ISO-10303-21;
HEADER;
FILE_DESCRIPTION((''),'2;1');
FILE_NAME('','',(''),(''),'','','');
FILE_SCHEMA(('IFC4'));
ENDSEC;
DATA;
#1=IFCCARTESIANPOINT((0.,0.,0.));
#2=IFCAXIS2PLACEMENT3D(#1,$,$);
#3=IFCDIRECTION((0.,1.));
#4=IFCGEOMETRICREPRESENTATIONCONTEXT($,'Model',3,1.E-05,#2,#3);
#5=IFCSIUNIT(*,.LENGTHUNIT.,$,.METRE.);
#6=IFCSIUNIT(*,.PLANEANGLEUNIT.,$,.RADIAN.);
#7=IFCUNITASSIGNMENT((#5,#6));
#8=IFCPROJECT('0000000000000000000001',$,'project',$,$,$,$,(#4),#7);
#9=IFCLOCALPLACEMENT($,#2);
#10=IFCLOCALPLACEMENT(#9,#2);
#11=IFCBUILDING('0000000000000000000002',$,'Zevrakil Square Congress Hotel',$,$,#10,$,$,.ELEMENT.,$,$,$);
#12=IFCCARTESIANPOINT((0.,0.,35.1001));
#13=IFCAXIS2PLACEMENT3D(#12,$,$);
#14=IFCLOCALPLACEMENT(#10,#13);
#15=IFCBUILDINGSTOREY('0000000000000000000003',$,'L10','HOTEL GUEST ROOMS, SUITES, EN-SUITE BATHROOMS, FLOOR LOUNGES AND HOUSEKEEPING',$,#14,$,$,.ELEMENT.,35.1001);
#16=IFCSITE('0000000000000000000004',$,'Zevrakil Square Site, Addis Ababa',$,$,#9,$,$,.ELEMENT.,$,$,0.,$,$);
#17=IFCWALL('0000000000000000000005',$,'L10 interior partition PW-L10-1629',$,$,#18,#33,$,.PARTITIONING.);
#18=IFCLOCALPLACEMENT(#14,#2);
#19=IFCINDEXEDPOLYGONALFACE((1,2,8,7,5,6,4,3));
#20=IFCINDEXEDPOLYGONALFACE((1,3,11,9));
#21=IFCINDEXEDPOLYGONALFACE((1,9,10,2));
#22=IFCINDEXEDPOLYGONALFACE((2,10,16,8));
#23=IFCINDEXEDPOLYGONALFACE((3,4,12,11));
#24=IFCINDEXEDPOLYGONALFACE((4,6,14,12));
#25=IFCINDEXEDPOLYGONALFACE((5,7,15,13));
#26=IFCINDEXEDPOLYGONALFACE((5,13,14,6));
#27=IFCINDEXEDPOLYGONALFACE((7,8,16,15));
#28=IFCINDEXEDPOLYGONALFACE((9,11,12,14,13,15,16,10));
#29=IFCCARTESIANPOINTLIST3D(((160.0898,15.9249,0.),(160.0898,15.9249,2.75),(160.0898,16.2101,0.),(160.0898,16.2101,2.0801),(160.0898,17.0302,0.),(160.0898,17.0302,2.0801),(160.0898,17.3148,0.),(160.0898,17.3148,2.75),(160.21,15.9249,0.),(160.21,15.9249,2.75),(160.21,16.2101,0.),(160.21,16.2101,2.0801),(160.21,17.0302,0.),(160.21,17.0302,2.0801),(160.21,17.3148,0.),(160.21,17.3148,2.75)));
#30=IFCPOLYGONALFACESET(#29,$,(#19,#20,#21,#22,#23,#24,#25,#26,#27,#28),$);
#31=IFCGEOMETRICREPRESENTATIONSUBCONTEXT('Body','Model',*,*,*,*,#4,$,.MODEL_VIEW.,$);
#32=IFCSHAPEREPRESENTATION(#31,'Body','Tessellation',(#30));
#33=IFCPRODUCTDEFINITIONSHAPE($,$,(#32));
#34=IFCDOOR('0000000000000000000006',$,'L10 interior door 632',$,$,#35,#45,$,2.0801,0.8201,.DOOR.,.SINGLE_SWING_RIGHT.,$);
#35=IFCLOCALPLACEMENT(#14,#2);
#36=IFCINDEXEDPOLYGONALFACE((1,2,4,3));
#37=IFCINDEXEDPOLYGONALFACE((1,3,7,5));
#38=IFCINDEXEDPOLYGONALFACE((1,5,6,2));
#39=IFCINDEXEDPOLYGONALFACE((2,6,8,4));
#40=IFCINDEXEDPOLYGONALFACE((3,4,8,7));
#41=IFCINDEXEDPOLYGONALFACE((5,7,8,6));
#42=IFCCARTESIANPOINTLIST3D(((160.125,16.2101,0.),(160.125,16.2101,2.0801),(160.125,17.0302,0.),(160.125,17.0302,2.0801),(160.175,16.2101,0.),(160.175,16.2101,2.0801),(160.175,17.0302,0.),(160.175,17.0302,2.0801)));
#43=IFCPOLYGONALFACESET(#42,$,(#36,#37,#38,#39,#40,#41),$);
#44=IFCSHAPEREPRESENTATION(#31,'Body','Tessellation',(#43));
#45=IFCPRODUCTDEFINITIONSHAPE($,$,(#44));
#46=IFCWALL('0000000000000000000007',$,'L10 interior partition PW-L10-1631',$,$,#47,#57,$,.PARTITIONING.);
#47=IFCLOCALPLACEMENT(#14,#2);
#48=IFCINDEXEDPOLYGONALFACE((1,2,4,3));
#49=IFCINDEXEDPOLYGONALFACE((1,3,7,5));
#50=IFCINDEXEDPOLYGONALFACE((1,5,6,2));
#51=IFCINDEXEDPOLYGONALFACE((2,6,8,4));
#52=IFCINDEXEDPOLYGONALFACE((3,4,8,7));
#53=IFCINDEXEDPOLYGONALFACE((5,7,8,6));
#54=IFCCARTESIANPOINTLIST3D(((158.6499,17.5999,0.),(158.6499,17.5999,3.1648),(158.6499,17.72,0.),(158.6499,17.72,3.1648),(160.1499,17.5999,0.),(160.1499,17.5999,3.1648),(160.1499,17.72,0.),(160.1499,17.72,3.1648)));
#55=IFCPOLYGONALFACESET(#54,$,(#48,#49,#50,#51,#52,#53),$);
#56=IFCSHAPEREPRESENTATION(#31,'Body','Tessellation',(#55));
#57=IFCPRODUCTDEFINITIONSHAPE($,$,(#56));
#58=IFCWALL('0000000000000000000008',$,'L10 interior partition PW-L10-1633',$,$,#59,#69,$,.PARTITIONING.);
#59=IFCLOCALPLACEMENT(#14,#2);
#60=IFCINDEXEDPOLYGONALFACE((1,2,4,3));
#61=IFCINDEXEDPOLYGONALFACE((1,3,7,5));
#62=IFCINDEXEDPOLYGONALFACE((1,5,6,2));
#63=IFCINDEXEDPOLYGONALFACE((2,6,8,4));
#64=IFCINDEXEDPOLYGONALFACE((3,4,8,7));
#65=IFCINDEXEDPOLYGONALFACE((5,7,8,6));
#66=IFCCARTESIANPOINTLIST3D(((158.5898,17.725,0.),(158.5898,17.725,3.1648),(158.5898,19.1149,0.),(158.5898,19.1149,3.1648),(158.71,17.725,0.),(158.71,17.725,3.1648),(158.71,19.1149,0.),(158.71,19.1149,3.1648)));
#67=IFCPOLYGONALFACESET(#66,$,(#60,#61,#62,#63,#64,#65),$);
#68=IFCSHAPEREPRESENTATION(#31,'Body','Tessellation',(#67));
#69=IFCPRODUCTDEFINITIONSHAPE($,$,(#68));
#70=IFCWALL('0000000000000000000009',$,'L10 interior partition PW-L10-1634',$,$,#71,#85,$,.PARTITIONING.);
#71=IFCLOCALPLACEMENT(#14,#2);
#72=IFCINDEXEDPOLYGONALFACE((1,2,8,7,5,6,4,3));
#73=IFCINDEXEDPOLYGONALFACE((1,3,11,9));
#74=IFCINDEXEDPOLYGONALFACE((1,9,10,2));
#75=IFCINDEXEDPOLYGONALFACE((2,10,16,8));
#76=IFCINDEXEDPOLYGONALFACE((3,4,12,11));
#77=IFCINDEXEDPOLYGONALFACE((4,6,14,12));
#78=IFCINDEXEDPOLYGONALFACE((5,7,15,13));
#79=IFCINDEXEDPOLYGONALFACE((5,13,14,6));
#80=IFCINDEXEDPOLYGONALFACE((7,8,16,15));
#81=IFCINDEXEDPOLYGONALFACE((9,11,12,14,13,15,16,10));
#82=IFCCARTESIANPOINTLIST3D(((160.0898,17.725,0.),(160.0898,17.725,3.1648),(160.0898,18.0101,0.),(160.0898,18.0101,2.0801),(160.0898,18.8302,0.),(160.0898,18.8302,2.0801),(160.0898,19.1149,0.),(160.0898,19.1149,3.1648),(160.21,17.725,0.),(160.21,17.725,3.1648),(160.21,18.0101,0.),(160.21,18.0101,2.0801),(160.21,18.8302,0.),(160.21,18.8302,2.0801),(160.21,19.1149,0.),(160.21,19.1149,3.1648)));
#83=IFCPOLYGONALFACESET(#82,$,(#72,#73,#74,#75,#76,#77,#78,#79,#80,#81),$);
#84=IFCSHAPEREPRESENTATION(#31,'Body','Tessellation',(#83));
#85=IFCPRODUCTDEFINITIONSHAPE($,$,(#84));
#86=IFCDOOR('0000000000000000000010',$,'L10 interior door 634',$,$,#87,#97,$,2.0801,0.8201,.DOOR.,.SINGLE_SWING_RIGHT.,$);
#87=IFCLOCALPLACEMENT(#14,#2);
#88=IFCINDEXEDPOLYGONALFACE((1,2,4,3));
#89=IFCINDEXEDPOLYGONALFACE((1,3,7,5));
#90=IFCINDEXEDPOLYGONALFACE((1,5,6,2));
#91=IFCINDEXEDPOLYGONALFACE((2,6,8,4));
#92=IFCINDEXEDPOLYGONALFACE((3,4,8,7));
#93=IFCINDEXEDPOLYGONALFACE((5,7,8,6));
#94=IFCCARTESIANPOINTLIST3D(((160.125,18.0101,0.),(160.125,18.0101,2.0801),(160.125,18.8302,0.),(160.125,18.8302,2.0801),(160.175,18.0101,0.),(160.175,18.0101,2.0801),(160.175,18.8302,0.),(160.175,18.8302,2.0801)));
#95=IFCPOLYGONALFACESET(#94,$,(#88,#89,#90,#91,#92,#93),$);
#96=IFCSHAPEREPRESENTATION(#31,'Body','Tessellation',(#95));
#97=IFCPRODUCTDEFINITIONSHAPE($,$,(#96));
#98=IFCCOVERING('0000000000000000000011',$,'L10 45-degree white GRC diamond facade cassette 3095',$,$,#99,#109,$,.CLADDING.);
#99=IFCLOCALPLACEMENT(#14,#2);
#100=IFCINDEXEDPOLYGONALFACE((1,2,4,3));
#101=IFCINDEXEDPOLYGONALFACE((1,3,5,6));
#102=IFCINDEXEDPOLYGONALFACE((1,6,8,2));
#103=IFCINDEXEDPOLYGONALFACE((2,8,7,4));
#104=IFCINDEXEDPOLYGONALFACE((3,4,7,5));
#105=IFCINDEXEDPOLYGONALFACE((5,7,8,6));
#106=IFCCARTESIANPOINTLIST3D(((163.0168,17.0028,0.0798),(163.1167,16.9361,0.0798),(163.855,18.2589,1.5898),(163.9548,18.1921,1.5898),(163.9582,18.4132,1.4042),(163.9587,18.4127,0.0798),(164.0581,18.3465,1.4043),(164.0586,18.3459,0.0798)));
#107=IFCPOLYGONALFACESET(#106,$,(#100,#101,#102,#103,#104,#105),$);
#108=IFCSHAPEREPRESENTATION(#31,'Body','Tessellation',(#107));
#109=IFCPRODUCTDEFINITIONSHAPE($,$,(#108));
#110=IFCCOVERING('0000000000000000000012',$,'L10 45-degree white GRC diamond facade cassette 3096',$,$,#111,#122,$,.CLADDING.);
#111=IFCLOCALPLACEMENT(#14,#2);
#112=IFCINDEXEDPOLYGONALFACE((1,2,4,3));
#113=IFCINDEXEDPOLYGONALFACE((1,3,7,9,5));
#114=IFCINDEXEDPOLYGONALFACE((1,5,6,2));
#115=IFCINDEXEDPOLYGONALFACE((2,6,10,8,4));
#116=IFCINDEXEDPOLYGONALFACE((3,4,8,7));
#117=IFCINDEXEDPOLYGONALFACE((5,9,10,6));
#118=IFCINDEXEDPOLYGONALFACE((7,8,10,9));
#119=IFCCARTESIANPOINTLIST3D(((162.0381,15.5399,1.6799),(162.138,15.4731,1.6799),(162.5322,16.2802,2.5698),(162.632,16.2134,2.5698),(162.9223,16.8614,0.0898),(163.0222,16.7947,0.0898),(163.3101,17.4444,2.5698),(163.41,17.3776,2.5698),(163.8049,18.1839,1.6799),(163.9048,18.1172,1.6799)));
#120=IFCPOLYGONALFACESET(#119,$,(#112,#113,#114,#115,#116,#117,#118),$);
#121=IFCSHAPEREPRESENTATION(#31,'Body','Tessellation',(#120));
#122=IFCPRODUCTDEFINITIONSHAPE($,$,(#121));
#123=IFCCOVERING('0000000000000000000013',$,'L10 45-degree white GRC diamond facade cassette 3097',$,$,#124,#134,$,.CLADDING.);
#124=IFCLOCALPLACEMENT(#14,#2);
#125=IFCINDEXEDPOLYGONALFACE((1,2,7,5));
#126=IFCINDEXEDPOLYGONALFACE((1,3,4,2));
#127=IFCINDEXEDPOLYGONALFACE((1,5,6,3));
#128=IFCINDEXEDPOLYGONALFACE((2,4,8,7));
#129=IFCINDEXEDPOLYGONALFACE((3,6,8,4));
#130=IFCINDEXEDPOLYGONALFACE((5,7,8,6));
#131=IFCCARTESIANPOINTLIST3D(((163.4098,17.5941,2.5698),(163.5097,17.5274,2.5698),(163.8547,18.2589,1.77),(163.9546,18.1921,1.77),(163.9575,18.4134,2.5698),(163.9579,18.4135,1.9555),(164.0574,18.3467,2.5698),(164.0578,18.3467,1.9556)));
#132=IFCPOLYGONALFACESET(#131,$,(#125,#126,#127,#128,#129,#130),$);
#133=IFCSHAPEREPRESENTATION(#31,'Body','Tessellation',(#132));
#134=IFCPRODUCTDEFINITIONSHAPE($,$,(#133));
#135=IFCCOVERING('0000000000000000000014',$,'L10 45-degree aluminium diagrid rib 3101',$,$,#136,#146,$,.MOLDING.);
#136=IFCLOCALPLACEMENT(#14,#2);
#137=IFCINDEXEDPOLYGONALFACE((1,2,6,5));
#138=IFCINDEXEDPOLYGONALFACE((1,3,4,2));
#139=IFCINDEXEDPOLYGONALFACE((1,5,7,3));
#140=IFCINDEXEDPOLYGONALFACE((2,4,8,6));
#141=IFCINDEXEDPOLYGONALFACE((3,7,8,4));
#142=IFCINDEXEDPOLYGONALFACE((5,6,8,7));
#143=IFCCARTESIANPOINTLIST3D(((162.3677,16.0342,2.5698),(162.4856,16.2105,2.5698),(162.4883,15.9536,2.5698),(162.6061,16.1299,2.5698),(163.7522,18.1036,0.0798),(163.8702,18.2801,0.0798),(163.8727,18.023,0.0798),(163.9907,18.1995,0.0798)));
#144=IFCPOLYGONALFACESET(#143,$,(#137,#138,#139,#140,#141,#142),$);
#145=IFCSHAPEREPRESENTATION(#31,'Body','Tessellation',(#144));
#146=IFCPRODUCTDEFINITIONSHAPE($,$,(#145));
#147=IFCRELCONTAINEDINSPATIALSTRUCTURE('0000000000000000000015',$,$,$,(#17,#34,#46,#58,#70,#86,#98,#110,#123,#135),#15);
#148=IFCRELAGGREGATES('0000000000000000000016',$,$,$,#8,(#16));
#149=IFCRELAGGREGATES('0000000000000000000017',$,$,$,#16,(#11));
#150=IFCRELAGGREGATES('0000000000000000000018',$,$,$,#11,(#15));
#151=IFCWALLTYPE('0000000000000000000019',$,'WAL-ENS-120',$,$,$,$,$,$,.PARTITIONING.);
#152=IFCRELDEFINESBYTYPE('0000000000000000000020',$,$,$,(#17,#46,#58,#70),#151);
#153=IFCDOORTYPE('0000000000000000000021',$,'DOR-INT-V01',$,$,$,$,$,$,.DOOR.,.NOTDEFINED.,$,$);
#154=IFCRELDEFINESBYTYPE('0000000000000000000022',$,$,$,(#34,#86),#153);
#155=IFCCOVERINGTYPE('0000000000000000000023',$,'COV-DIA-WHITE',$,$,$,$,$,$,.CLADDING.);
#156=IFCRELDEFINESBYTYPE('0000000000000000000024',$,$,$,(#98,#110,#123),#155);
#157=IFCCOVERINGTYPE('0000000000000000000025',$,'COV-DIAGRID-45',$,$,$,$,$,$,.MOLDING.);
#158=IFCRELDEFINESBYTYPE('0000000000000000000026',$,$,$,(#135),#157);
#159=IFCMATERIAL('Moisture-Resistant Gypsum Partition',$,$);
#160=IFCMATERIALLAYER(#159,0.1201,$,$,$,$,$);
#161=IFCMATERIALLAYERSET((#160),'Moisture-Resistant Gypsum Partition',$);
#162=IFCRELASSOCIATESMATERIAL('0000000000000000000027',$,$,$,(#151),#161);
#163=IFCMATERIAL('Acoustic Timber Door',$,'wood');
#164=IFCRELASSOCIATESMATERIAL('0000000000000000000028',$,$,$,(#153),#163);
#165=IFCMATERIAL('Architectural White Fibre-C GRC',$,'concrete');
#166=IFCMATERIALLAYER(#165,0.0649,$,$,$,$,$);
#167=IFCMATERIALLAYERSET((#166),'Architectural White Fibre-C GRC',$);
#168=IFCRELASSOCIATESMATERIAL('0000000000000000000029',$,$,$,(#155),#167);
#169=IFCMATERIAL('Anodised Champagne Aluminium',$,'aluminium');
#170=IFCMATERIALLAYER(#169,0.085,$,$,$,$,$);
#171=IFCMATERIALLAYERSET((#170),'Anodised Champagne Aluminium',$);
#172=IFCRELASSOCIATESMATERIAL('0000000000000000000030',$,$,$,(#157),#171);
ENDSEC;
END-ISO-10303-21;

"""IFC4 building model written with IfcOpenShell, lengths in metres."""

from ifc_helpers import new_model, si_unit, direction, frame, frame_2d, origin, place, context, subcontext, project, spatial, polyline, rectangle, outline, extrude, material, layer, layer_set, type_object, element, fill, save


model = new_model("IFC4")

# Units and contexts
model_context = context("Model", 3, precision=1e-05, world=origin(), true_north=direction((0.0, 1.0)))
body_context = subcontext(model_context, "Body", "Model", "MODEL_VIEW")
ifc_project = project(units=[si_unit("LENGTHUNIT", "METRE"), si_unit("PLANEANGLEUNIT", "RADIAN")], contexts=[model_context])

# Site, building, storey
site_placement = place(None, origin())
site = spatial("IfcSite", under=ifc_project, at=site_placement, Name="Zevrakil Square Site, Addis Ababa", CompositionType="ELEMENT", RefElevation=0.0)
building_placement = place(site_placement, origin())
building = spatial("IfcBuilding", under=site, at=building_placement, Name="Zevrakil Square Congress Hotel", CompositionType="ELEMENT")
storey_placement = place(building_placement, frame((0.0, 0.0, 35.1001)))
storey = spatial("IfcBuildingStorey", under=building, at=storey_placement, Name="L10", Description="HOTEL GUEST ROOMS, SUITES, EN-SUITE BATHROOMS, FLOOR LOUNGES AND HOUSEKEEPING", CompositionType="ELEMENT", Elevation=35.1001)

# Shared definitions
ifc_material_1 = material(Name="Moisture-Resistant Gypsum Partition")
ifc_layer_1 = layer(ifc_material_1, 0.1201)
ifc_layer_set_1 = layer_set([ifc_layer_1], Name="Moisture-Resistant Gypsum Partition")
wall_type = type_object("IfcWallType", Name="WAL-ENS-120", PredefinedType="PARTITIONING", material=ifc_layer_set_1)

# Wall, opening, door
wall_1_placement = place(storey_placement, frame((160.1499, 15.925, 0.0), z_axis=(0.0, 0.0, 1.0), x_axis=(0.0, 1.0, 0.0)))
wall_1 = element("IfcWall", 1, at=wall_1_placement, inside=storey, type_object=wall_type, Name="L10 interior partition PW-L10-1629", PredefinedType="PARTITIONING", context=body_context, shape_type="SweptSolid", body=[
    extrude(rectangle(XDim=1.3899, YDim=0.1201, at=frame_2d((0.6948, 0.0))), origin(), (0.0, 0.0, 1.0), 2.75),
])
opening_1_placement = place(wall_1_placement, frame((0.2849, 0.0, 0.0)))
opening_1 = element("IfcOpeningElement", 2, at=opening_1_placement, cuts=wall_1, PredefinedType="OPENING", context=body_context, shape_type="SweptSolid", body=[
    extrude(rectangle(XDim=0.8201, YDim=2.0801, at=frame_2d((0.4102, 1.04))), frame((0.0, 0.0701, 0.0), z_axis=(0.0, -1.0, 0.0), x_axis=(1.0, 0.0, 0.0)), (0.0, 0.0, 1.0), 0.1401),
])
ifc_material_2 = material(Name="Acoustic Timber Door", Category="wood")
door_type = type_object("IfcDoorType", Name="DOR-INT-V01", OperationType="NOTDEFINED", PredefinedType="DOOR", material=ifc_material_2)
door_1_placement = place(opening_1_placement, origin())
door_1 = element("IfcDoor", 3, at=door_1_placement, inside=storey, type_object=door_type, Name="L10 interior door 632", OperationType="SINGLE_SWING_RIGHT", OverallHeight=2.0801, OverallWidth=0.8201, PredefinedType="DOOR", context=body_context, shape_type="SweptSolid", body=[
    extrude(rectangle(XDim=0.8201, YDim=2.0801, at=frame_2d((0.4102, 1.04))), frame((0.0, 0.0249, 0.0), z_axis=(0.0, -1.0, 0.0), x_axis=(1.0, 0.0, 0.0)), (0.0, 0.0, 1.0), 0.05),
])
fill(opening_1, door_1)

# Walls
wall_2_placement = place(storey_placement, frame((158.6499, 17.6599, 0.0), z_axis=(0.0, 0.0, 1.0), x_axis=(1.0, 0.0, 0.0)))
element("IfcWall", 4, at=wall_2_placement, inside=storey, type_object=wall_type, Name="L10 interior partition PW-L10-1631", PredefinedType="PARTITIONING", context=body_context, shape_type="SweptSolid", body=[
    extrude(rectangle(XDim=1.5, YDim=0.1201, at=frame_2d((0.75, 0.0))), origin(), (0.0, 0.0, 1.0), 3.1648),
])
wall_3_placement = place(storey_placement, frame((158.6499, 17.7251, 0.0), z_axis=(0.0, 0.0, 1.0), x_axis=(0.0, 1.0, 0.0)))
element("IfcWall", 5, at=wall_3_placement, inside=storey, type_object=wall_type, Name="L10 interior partition PW-L10-1633", PredefinedType="PARTITIONING", context=body_context, shape_type="SweptSolid", body=[
    extrude(rectangle(XDim=1.3899, YDim=0.1201, at=frame_2d((0.6948, 0.0))), origin(), (0.0, 0.0, 1.0), 3.1648),
])

# Wall, opening, door
wall_4_placement = place(storey_placement, frame((160.1499, 17.7251, 0.0), z_axis=(0.0, 0.0, 1.0), x_axis=(0.0, 1.0, 0.0)))
wall_4 = element("IfcWall", 6, at=wall_4_placement, inside=storey, type_object=wall_type, Name="L10 interior partition PW-L10-1634", PredefinedType="PARTITIONING", context=body_context, shape_type="SweptSolid", body=[
    extrude(rectangle(XDim=1.3899, YDim=0.1201, at=frame_2d((0.6948, 0.0))), origin(), (0.0, 0.0, 1.0), 3.1648),
])
opening_2_placement = place(wall_4_placement, frame((0.2849, 0.0, 0.0)))
opening_2 = element("IfcOpeningElement", 7, at=opening_2_placement, cuts=wall_4, PredefinedType="OPENING", context=body_context, shape_type="SweptSolid", body=[
    extrude(rectangle(XDim=0.8201, YDim=2.0801, at=frame_2d((0.4102, 1.04))), frame((0.0, 0.0701, 0.0), z_axis=(0.0, -1.0, 0.0), x_axis=(1.0, 0.0, 0.0)), (0.0, 0.0, 1.0), 0.1401),
])
door_2_placement = place(opening_2_placement, origin())
door_2 = element("IfcDoor", 8, at=door_2_placement, inside=storey, type_object=door_type, Name="L10 interior door 634", OperationType="SINGLE_SWING_RIGHT", OverallHeight=2.0801, OverallWidth=0.8201, PredefinedType="DOOR", context=body_context, shape_type="SweptSolid", body=[
    extrude(rectangle(XDim=0.8201, YDim=2.0801, at=frame_2d((0.4102, 1.04))), frame((0.0, 0.0249, 0.0), z_axis=(0.0, -1.0, 0.0), x_axis=(1.0, 0.0, 0.0)), (0.0, 0.0, 1.0), 0.05),
])
fill(opening_2, door_2)

# Coverings
ifc_material_3 = material(Name="Architectural White Fibre-C GRC", Category="concrete")
ifc_layer_2 = layer(ifc_material_3, 0.0649)
ifc_layer_set_2 = layer_set([ifc_layer_2], Name="Architectural White Fibre-C GRC")
covering_type_1 = type_object("IfcCoveringType", Name="COV-DIA-WHITE", PredefinedType="CLADDING", material=ifc_layer_set_2)
covering_1_placement = place(storey_placement, frame((163.9548, 18.1921, 1.5898), z_axis=(0.831501, -0.555523, 0.000551), x_axis=(0.393266, 0.587935, -0.706877)))
element("IfcCovering", 9, at=covering_1_placement, inside=storey, type_object=covering_type_1, Name="L10 45-degree white GRC diamond facade cassette 3095", PredefinedType="CLADDING", context=body_context, shape_type="SweptSolid", body=[
    extrude(outline(polyline([(0.0, 0.0), (0.2625, 0.0), (1.1986, -0.9369), (-0.0007, -2.1355), (0.0, 0.0)])), origin(), (0.0, 0.0, -1.0), 0.1201),
])
covering_2_placement = place(storey_placement, frame((163.9048, 18.1172, 1.6799), z_axis=(0.831456, -0.55559, 0.000597), x_axis=(-0.392494, -0.588138, -0.707136)))
element("IfcCovering", 10, at=covering_2_placement, inside=storey, type_object=covering_type_1, Name="L10 45-degree white GRC diamond facade cassette 3096", PredefinedType="CLADDING", context=body_context, shape_type="SweptSolid", body=[
    extrude(outline(polyline([(0.0, 0.0), (2.2486, 0.0), (2.2485, -2.2487), (0.99, -2.2486), (-0.0001, -1.2584), (0.0, 0.0)])), origin(), (0.0, 0.0, -1.0), 0.1201),
])
covering_3_placement = place(storey_placement, frame((163.9546, 18.1921, 1.77), z_axis=(0.831361, -0.555733, 0.000542), x_axis=(-0.393302, -0.587678, 0.70707)))
element("IfcCovering", 11, at=covering_3_placement, inside=storey, type_object=covering_type_1, Name="L10 45-degree white GRC diamond facade cassette 3097", PredefinedType="CLADDING", context=body_context, shape_type="SweptSolid", body=[
    extrude(outline(polyline([(0.0, 0.0), (1.1312, 0.0), (0.4343, -0.6968), (-0.0002, -0.2626), (0.0, 0.0)])), origin(), (0.0, 0.0, -1.0), 0.1201),
])
ifc_material_4 = material(Name="Anodised Champagne Aluminium", Category="aluminium")
ifc_layer_3 = layer(ifc_material_4, 0.085)
ifc_layer_set_3 = layer_set([ifc_layer_3], Name="Anodised Champagne Aluminium")
covering_type_2 = type_object("IfcCoveringType", Name="COV-DIAGRID-45", PredefinedType="MOLDING", material=ifc_layer_set_3)
covering_4_placement = place(storey_placement, frame((162.4883, 15.9536, 2.5698), z_axis=(0.831341, -0.555762, 0.000355), x_axis=(0.555762, 0.831342, 0.0)))
element("IfcCovering", 12, at=covering_4_placement, inside=storey, type_object=covering_type_2, Name="L10 45-degree aluminium diagrid rib 3101", PredefinedType="MOLDING", context=body_context, shape_type="SweptSolid", body=[
    extrude(outline(polyline([(0.0, 0.0), (0.2121, 0.0), (2.7021, -2.49), (2.4898, -2.49), (0.0, 0.0)])), origin(), (0.0, 0.0, -1.0), 0.145),
])

save(model, "model.ifc")
